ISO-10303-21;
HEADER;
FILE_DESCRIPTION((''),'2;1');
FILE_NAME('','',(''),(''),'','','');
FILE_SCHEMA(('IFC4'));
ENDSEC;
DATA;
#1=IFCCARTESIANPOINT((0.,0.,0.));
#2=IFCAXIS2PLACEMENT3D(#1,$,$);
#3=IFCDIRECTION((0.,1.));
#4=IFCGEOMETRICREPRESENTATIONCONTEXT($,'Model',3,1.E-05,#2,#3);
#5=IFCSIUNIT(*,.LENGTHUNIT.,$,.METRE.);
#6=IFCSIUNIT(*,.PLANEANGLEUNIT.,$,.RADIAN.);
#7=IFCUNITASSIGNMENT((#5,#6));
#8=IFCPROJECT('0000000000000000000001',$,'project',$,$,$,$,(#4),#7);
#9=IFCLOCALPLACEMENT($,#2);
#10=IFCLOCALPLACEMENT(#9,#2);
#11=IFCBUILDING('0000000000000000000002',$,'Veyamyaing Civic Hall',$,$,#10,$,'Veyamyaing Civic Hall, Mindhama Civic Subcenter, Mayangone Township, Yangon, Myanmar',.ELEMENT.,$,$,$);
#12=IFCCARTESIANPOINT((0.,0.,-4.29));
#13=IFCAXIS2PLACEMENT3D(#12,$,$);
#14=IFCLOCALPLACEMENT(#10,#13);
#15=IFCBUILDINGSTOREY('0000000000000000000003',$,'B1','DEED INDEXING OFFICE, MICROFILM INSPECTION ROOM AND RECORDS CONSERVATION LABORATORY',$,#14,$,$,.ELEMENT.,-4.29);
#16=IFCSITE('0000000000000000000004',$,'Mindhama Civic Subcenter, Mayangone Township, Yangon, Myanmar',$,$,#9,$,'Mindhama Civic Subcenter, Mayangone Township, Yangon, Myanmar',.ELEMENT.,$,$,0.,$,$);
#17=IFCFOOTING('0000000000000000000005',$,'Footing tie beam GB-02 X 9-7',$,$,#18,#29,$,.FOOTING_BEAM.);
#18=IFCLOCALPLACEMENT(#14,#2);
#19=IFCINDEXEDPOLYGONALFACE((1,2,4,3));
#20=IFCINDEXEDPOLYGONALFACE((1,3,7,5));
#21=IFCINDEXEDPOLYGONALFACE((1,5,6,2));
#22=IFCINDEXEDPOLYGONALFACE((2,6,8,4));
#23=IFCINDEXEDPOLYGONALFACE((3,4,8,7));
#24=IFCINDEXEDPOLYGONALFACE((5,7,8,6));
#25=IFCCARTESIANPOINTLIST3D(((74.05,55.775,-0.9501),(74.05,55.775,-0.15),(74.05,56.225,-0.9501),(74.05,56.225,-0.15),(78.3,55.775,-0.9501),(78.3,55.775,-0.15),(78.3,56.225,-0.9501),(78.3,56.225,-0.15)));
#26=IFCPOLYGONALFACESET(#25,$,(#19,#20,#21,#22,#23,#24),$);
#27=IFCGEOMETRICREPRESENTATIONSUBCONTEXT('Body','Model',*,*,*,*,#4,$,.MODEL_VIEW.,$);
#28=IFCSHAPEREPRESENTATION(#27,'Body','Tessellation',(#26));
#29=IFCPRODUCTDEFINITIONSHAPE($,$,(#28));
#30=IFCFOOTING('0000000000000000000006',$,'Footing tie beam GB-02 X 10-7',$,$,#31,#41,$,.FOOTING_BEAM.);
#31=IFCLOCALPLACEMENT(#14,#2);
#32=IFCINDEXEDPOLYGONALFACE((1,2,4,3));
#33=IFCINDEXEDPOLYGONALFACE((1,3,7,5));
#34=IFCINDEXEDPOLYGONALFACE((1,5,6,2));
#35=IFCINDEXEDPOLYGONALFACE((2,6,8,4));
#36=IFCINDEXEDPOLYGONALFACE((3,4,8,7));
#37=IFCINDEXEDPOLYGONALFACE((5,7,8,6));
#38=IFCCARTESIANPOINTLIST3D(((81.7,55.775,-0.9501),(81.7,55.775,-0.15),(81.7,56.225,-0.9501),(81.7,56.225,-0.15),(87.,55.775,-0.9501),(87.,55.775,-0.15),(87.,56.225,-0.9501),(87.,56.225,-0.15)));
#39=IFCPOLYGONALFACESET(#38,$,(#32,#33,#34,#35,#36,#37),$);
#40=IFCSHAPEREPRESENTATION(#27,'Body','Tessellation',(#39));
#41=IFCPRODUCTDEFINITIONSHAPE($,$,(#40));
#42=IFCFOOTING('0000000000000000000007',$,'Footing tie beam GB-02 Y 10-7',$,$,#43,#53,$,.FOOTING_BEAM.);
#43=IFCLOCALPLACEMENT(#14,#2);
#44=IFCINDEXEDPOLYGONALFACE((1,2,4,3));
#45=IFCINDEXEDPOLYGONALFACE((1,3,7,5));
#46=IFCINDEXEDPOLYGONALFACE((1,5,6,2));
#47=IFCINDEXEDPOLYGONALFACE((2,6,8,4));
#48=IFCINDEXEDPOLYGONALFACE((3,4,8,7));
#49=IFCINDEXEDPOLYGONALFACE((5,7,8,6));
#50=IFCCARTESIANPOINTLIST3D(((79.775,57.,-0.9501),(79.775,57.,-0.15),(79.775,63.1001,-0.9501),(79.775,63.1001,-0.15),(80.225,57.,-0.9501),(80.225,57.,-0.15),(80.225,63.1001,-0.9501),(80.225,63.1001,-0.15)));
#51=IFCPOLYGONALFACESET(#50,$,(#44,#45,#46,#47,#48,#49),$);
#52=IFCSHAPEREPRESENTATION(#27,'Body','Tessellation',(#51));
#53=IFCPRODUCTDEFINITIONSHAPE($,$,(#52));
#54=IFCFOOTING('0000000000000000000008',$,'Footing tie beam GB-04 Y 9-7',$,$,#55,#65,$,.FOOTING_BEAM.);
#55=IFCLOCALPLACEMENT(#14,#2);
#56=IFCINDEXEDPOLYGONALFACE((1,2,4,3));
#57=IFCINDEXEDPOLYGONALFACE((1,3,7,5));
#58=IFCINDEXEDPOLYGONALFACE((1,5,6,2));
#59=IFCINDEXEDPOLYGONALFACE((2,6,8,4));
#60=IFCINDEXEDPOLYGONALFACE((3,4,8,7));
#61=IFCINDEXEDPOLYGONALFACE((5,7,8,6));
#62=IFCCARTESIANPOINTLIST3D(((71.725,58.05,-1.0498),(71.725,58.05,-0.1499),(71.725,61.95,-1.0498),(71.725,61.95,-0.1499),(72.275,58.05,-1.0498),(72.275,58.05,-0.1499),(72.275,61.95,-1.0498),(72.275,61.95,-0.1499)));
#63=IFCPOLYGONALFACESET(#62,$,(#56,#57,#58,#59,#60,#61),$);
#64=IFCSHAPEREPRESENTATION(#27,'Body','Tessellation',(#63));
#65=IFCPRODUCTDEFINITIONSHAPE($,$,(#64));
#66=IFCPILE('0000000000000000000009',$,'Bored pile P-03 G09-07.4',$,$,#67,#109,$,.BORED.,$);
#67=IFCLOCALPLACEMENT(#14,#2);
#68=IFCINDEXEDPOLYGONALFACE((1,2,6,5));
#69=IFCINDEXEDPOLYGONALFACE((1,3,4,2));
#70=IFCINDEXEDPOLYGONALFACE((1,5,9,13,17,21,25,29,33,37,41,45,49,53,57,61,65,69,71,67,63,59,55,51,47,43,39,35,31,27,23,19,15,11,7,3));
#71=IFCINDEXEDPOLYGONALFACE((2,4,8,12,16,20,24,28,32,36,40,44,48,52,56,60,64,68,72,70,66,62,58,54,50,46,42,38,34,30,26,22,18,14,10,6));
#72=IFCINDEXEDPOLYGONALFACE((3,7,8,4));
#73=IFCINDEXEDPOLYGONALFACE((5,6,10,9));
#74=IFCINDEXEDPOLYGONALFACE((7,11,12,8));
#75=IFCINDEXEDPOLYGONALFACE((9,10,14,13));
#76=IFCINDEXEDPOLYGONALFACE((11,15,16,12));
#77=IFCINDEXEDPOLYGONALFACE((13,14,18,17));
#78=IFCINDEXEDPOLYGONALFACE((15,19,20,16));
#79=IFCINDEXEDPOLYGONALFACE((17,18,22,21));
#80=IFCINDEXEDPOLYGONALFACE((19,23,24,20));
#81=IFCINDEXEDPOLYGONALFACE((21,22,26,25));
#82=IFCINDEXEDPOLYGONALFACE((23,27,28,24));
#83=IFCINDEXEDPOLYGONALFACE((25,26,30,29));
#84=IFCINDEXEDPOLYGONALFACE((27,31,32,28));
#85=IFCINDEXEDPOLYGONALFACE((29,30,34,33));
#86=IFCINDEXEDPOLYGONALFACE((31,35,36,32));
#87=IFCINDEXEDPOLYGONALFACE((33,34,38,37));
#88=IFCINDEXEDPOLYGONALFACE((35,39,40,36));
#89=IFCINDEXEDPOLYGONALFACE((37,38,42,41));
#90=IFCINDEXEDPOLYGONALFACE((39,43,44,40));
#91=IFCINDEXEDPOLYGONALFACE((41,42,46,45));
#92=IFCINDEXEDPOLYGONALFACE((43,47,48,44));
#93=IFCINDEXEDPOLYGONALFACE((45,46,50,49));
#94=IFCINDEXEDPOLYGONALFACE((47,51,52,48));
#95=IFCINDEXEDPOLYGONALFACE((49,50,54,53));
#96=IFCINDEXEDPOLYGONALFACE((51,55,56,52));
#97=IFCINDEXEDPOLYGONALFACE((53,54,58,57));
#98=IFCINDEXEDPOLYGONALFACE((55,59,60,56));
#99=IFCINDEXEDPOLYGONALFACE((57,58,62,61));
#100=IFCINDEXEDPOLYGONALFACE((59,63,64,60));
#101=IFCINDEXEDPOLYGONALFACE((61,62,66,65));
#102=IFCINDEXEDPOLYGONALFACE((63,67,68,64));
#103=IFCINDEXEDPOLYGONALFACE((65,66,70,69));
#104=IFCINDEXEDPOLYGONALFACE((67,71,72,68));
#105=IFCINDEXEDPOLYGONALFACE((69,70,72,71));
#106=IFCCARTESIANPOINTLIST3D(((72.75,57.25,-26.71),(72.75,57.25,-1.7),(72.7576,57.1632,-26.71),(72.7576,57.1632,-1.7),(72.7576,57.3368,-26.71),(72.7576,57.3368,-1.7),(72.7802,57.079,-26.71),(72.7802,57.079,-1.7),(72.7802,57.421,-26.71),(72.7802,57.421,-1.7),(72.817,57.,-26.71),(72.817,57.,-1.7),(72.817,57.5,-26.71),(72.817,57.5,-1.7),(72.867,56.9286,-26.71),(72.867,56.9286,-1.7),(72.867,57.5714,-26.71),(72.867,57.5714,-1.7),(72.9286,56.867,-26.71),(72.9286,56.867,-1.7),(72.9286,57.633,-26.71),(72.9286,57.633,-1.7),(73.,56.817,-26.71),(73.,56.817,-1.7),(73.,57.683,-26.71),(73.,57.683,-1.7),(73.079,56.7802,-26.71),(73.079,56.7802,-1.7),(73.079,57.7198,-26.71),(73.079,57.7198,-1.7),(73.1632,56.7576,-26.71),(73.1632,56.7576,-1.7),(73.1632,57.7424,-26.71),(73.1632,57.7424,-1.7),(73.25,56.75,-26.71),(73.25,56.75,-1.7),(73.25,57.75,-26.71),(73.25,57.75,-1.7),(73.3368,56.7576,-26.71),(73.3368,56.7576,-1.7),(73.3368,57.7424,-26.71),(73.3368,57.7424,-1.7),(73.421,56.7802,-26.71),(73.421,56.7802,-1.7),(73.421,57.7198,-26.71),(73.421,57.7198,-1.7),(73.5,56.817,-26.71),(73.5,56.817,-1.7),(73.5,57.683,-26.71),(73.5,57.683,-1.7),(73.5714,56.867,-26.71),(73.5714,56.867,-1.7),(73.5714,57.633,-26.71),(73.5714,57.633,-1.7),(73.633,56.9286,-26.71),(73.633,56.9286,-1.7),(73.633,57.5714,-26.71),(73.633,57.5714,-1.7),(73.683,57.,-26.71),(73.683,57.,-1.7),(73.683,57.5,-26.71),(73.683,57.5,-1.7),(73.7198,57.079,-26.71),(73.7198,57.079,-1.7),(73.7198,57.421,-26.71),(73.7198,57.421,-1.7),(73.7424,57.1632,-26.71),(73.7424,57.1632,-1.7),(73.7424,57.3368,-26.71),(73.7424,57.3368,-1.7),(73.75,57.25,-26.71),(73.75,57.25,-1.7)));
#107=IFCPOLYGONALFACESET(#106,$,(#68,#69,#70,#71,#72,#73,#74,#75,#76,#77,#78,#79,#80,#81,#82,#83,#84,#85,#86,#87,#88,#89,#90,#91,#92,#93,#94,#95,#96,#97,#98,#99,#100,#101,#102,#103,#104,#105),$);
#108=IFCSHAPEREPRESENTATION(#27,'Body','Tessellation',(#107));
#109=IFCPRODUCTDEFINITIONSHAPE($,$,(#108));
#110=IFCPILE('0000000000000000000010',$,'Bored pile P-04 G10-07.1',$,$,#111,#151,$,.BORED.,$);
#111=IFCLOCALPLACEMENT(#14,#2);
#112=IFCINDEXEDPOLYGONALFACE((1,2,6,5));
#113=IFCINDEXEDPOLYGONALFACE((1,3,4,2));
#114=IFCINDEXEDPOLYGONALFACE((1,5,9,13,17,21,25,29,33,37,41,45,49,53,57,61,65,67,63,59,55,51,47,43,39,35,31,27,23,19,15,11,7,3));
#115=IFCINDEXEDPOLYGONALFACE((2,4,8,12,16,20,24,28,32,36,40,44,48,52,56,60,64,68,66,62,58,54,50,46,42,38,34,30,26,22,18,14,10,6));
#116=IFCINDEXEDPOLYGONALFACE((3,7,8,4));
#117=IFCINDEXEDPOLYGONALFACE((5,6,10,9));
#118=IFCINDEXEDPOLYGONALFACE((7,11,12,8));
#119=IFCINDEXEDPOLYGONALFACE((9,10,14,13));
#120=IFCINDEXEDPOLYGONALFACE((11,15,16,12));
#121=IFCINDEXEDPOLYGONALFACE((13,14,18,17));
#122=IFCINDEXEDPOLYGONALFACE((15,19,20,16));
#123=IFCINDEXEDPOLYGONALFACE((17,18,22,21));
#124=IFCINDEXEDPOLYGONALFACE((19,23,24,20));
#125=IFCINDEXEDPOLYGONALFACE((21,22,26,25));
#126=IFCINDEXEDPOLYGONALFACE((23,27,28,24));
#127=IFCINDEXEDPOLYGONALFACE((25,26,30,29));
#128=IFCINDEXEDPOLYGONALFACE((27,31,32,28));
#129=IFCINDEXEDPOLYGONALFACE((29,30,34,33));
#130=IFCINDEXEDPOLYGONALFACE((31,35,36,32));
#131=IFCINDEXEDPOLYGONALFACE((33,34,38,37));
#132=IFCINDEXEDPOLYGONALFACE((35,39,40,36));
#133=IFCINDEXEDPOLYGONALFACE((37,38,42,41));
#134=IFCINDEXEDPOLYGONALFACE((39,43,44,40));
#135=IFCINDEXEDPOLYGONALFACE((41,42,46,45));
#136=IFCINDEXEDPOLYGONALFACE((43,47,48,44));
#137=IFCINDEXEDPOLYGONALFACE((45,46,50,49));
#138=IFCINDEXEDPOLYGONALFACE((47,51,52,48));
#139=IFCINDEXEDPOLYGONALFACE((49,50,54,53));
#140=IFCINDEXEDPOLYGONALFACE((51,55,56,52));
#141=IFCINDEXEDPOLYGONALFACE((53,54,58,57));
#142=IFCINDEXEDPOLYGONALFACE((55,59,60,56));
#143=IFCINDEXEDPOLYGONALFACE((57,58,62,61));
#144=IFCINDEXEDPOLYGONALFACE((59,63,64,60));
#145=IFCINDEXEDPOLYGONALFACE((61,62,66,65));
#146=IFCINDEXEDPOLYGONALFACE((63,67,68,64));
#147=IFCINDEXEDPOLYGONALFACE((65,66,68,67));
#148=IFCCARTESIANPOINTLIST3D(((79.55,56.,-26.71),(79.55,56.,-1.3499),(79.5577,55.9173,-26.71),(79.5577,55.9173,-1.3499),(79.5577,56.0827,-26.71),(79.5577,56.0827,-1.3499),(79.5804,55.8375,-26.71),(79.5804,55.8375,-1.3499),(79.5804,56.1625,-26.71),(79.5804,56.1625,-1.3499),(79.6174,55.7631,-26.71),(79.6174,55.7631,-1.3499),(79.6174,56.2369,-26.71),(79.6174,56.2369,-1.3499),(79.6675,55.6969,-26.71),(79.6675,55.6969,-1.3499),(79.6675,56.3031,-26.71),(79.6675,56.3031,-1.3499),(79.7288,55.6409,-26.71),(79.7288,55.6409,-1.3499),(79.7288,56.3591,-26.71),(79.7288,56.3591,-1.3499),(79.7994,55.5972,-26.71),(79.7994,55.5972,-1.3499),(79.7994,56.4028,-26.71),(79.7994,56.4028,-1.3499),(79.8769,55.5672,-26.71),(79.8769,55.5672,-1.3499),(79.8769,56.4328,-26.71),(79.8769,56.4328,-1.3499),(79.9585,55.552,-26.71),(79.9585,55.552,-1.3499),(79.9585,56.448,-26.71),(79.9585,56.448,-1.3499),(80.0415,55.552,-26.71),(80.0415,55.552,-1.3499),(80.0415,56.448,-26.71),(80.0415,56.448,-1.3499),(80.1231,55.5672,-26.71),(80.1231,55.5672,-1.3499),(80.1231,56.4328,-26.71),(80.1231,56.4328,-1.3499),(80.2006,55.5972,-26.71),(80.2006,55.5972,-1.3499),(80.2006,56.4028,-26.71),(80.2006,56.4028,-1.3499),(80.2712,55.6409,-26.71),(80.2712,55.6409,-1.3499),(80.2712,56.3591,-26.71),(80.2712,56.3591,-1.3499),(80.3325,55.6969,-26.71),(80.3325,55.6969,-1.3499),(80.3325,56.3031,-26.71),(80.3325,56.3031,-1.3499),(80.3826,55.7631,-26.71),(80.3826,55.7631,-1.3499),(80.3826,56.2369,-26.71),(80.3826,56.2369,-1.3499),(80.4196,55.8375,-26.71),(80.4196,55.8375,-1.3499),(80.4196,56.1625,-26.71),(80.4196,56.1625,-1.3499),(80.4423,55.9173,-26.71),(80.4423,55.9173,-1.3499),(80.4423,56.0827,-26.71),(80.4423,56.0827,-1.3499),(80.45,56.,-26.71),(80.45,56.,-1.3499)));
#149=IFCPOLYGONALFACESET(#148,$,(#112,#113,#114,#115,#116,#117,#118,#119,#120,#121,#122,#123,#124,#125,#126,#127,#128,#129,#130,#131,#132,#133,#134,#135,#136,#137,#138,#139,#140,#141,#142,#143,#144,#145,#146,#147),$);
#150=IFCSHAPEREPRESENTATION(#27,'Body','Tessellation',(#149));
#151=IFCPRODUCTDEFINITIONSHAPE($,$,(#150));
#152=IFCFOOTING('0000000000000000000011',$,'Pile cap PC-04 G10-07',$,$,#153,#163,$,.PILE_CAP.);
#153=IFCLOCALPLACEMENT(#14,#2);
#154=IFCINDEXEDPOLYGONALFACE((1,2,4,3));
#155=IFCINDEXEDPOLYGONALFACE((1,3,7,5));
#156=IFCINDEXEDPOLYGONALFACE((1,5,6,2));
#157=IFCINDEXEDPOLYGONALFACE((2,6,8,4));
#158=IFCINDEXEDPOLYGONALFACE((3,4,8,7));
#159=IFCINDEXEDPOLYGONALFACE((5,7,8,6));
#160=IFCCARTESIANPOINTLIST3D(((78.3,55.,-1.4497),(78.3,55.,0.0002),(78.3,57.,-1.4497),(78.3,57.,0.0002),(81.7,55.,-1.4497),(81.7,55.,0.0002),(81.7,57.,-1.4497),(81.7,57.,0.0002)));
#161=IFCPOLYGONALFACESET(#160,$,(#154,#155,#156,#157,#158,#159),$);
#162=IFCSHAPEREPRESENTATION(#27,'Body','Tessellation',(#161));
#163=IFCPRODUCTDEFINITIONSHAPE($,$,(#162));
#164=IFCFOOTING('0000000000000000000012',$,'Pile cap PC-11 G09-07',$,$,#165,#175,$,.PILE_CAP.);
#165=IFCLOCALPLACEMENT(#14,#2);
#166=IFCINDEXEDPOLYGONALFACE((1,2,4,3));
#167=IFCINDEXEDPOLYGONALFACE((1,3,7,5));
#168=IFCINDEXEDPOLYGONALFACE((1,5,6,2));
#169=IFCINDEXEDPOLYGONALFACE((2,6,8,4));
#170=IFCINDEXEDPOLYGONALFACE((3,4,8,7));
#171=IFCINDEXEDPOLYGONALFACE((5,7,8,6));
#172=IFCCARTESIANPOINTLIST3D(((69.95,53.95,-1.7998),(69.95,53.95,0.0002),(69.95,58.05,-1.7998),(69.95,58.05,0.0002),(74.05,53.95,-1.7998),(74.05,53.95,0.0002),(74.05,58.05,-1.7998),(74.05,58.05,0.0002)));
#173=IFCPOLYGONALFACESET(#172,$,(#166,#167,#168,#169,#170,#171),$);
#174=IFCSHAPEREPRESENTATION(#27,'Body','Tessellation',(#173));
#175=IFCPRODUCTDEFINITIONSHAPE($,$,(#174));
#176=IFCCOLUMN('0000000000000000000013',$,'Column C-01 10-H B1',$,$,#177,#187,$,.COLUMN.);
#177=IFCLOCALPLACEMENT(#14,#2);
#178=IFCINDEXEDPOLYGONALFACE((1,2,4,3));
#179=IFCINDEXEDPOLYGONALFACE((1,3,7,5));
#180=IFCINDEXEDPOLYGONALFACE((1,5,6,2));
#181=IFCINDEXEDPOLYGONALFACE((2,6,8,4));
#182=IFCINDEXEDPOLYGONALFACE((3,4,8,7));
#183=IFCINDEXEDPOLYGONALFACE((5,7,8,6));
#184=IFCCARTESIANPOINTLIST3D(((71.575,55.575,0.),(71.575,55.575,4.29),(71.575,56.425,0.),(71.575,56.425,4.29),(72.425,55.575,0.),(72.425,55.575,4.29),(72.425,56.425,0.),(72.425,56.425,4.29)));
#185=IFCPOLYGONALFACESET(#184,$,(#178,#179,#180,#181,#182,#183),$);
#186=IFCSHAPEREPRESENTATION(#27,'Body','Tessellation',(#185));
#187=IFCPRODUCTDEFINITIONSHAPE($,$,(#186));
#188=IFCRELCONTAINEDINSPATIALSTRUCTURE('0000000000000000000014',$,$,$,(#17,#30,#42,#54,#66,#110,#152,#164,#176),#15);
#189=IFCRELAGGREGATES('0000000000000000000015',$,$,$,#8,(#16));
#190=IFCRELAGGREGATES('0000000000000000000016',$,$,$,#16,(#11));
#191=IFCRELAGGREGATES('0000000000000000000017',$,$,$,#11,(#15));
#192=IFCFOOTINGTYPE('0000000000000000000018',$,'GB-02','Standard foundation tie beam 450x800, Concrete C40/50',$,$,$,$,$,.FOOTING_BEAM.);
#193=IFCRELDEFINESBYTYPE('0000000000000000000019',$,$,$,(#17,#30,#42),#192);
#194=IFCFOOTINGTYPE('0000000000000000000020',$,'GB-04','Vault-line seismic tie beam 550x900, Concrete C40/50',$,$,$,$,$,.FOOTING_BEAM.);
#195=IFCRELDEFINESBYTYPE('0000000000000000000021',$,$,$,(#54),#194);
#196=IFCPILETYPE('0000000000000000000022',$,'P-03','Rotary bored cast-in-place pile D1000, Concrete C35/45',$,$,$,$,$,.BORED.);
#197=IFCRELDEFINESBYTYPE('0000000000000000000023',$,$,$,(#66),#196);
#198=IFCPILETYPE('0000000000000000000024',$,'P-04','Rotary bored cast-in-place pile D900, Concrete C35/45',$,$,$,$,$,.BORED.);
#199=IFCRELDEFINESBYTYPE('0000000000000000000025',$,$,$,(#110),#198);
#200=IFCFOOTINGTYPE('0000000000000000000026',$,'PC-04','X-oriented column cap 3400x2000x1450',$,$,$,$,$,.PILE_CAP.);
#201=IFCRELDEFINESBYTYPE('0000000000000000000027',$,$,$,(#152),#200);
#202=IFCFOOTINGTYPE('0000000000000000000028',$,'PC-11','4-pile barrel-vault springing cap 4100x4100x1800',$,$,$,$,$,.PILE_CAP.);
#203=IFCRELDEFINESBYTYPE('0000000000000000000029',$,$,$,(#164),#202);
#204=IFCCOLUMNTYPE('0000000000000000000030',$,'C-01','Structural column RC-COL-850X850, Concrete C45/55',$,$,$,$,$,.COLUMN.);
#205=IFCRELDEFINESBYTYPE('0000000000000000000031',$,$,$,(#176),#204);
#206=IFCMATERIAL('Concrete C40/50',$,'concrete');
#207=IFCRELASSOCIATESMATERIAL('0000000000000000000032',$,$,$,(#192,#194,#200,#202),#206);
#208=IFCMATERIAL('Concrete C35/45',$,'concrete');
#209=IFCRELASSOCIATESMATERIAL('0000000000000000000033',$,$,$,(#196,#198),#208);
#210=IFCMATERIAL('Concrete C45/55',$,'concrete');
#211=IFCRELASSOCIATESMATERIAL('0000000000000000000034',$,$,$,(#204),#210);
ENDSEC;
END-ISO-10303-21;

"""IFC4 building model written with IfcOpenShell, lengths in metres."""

from ifc_helpers import new_model, si_unit, direction, frame, origin, origin_2d, place, context, subcontext, project, spatial, rectangle, circle, extrude, material, material_profile, profile_set, type_object, element, save


model = new_model("IFC4")

# Units and contexts
model_context = context("Model", 3, precision=1e-05, world=origin(), true_north=direction((0.0, 1.0)))
body_context = subcontext(model_context, "Body", "Model", "MODEL_VIEW")
ifc_project = project(units=[si_unit("LENGTHUNIT", "METRE"), si_unit("PLANEANGLEUNIT", "RADIAN")], contexts=[model_context])

# Site, building, storey
site_placement = place(None, origin())
site = spatial("IfcSite", under=ifc_project, at=site_placement, Name="Mindhama Civic Subcenter, Mayangone Township, Yangon, Myanmar", LongName="Mindhama Civic Subcenter, Mayangone Township, Yangon, Myanmar", CompositionType="ELEMENT", RefElevation=0.0)
building_placement = place(site_placement, origin())
building = spatial("IfcBuilding", under=site, at=building_placement, Name="Veyamyaing Civic Hall", LongName="Veyamyaing Civic Hall, Mindhama Civic Subcenter, Mayangone Township, Yangon, Myanmar", CompositionType="ELEMENT")
storey_placement = place(building_placement, frame((0.0, 0.0, -4.29)))
storey = spatial("IfcBuildingStorey", under=building, at=storey_placement, Name="B1", Description="DEED INDEXING OFFICE, MICROFILM INSPECTION ROOM AND RECORDS CONSERVATION LABORATORY", CompositionType="ELEMENT", Elevation=-4.29)

# Footings
ifc_material_1 = material(Name="Concrete C40/50", Category="concrete")
ifc_material_profile_1 = material_profile(ifc_material_1, rectangle(XDim=0.45, YDim=0.8, at=origin_2d()), Name="GB-450X800")
ifc_profile_set_1 = profile_set([ifc_material_profile_1], Name="Concrete C40/50")
footing_type_1 = type_object("IfcFootingType", Name="GB-02", Description="Standard foundation tie beam 450x800, Concrete C40/50", PredefinedType="FOOTING_BEAM", material=ifc_profile_set_1)
footing_1_placement = place(storey_placement, frame((74.05, 56.0, -0.55), z_axis=(1.0, 0.0, 0.0), x_axis=(0.0, 1.0, 0.0)))
element("IfcFooting", 1, at=footing_1_placement, inside=storey, type_object=footing_type_1, Name="Footing tie beam GB-02 X 9-7", PredefinedType="FOOTING_BEAM", context=body_context, shape_type="SweptSolid", body=[
    extrude(rectangle(XDim=0.45, YDim=0.8, at=origin_2d()), origin(), (0.0, 0.0, 1.0), 4.25),
])
footing_2_placement = place(storey_placement, frame((81.7, 56.0, -0.55), z_axis=(1.0, 0.0, 0.0), x_axis=(0.0, 1.0, 0.0)))
element("IfcFooting", 2, at=footing_2_placement, inside=storey, type_object=footing_type_1, Name="Footing tie beam GB-02 X 10-7", PredefinedType="FOOTING_BEAM", context=body_context, shape_type="SweptSolid", body=[
    extrude(rectangle(XDim=0.45, YDim=0.8, at=origin_2d()), origin(), (0.0, 0.0, 1.0), 5.3),
])
footing_3_placement = place(storey_placement, frame((80.0, 57.0, -0.55), z_axis=(0.0, 1.0, 0.0), x_axis=(-1.0, 0.0, 0.0)))
element("IfcFooting", 3, at=footing_3_placement, inside=storey, type_object=footing_type_1, Name="Footing tie beam GB-02 Y 10-7", PredefinedType="FOOTING_BEAM", context=body_context, shape_type="SweptSolid", body=[
    extrude(rectangle(XDim=0.45, YDim=0.8, at=origin_2d()), origin(), (0.0, 0.0, 1.0), 6.1001),
])
ifc_material_profile_2 = material_profile(ifc_material_1, rectangle(XDim=0.55, YDim=0.8999, at=origin_2d()), Name="GB-550X900")
ifc_profile_set_2 = profile_set([ifc_material_profile_2], Name="Concrete C40/50")
footing_type_2 = type_object("IfcFootingType", Name="GB-04", Description="Vault-line seismic tie beam 550x900, Concrete C40/50", PredefinedType="FOOTING_BEAM", material=ifc_profile_set_2)
footing_4_placement = place(storey_placement, frame((72.0, 58.05, -0.5999), z_axis=(0.0, 1.0, 0.0), x_axis=(-1.0, 0.0, 0.0)))
element("IfcFooting", 4, at=footing_4_placement, inside=storey, type_object=footing_type_2, Name="Footing tie beam GB-04 Y 9-7", PredefinedType="FOOTING_BEAM", context=body_context, shape_type="SweptSolid", body=[
    extrude(rectangle(XDim=0.55, YDim=0.8999, at=origin_2d()), origin(), (0.0, 0.0, 1.0), 3.8999),
])

# Piles
ifc_material_2 = material(Name="Concrete C35/45", Category="concrete")
ifc_material_profile_3 = material_profile(ifc_material_2, circle(Radius=0.5, at=origin_2d()), Name="PILE-D1000")
ifc_profile_set_3 = profile_set([ifc_material_profile_3], Name="Concrete C35/45")
pile_type_1 = type_object("IfcPileType", Name="P-03", Description="Rotary bored cast-in-place pile D1000, Concrete C35/45", PredefinedType="BORED", material=ifc_profile_set_3)
pile_1_placement = place(storey_placement, frame((73.25, 57.25, -1.7), z_axis=(0.0, 0.0, -1.0), x_axis=(1.0, 0.0, 0.0)))
element("IfcPile", 5, at=pile_1_placement, inside=storey, type_object=pile_type_1, Name="Bored pile P-03 G09-07.4", PredefinedType="BORED", context=body_context, shape_type="SweptSolid", body=[
    extrude(circle(Radius=0.5, at=origin_2d()), origin(), (0.0, 0.0, 1.0), 25.01),
])
ifc_material_profile_4 = material_profile(ifc_material_2, circle(Radius=0.45, at=origin_2d()), Name="PILE-D900")
ifc_profile_set_4 = profile_set([ifc_material_profile_4], Name="Concrete C35/45")
pile_type_2 = type_object("IfcPileType", Name="P-04", Description="Rotary bored cast-in-place pile D900, Concrete C35/45", PredefinedType="BORED", material=ifc_profile_set_4)
pile_2_placement = place(storey_placement, frame((80.0, 56.0, -1.3499), z_axis=(0.0, 0.0, -1.0), x_axis=(1.0, 0.0, 0.0)))
element("IfcPile", 6, at=pile_2_placement, inside=storey, type_object=pile_type_2, Name="Bored pile P-04 G10-07.1", PredefinedType="BORED", context=body_context, shape_type="SweptSolid", body=[
    extrude(circle(Radius=0.45, at=origin_2d()), origin(), (0.0, 0.0, 1.0), 25.3601),
])

# Footings
footing_type_3 = type_object("IfcFootingType", Name="PC-04", Description="X-oriented column cap 3400x2000x1450", PredefinedType="PILE_CAP", material=ifc_material_1)
footing_5_placement = place(storey_placement, frame((80.0, 56.0, -1.4497), z_axis=(0.0, 0.0, 1.0), x_axis=(1.0, 0.0, 0.0)))
element("IfcFooting", 7, at=footing_5_placement, inside=storey, type_object=footing_type_3, Name="Pile cap PC-04 G10-07", PredefinedType="PILE_CAP", context=body_context, shape_type="SweptSolid", body=[
    extrude(rectangle(XDim=3.3999, YDim=2.0, at=origin_2d()), origin(), (0.0, 0.0, 1.0), 1.45),
])
footing_type_4 = type_object("IfcFootingType", Name="PC-11", Description="4-pile barrel-vault springing cap 4100x4100x1800", PredefinedType="PILE_CAP", material=ifc_material_1)
footing_6_placement = place(storey_placement, frame((72.0, 56.0, -1.7998), z_axis=(0.0, 0.0, 1.0), x_axis=(1.0, 0.0, 0.0)))
element("IfcFooting", 8, at=footing_6_placement, inside=storey, type_object=footing_type_4, Name="Pile cap PC-11 G09-07", PredefinedType="PILE_CAP", context=body_context, shape_type="SweptSolid", body=[
    extrude(rectangle(XDim=4.1001, YDim=4.1001, at=origin_2d()), origin(), (0.0, 0.0, 1.0), 1.8),
])

# Column
ifc_material_3 = material(Name="Concrete C45/55", Category="concrete")
ifc_material_profile_5 = material_profile(ifc_material_3, rectangle(XDim=0.8501, YDim=0.8501, at=origin_2d()), Name="RC-COL-850X850")
ifc_profile_set_5 = profile_set([ifc_material_profile_5], Name="Concrete C45/55")
column_type_1 = type_object("IfcColumnType", Name="C-01", Description="Structural column RC-COL-850X850, Concrete C45/55", PredefinedType="COLUMN", material=ifc_profile_set_5)
column_1_placement = place(storey_placement, frame((72.0, 56.0, 0.0), z_axis=(0.0, 0.0, 1.0), x_axis=(1.0, 0.0, 0.0)))
element("IfcColumn", 9, at=column_1_placement, inside=storey, type_object=column_type_1, Name="Column C-01 10-H B1", PredefinedType="COLUMN", context=body_context, shape_type="SweptSolid", body=[
    extrude(rectangle(XDim=0.8501, YDim=0.8501, at=origin_2d()), origin(), (0.0, 0.0, 1.0), 4.29),
])

save(model, "model.ifc")
